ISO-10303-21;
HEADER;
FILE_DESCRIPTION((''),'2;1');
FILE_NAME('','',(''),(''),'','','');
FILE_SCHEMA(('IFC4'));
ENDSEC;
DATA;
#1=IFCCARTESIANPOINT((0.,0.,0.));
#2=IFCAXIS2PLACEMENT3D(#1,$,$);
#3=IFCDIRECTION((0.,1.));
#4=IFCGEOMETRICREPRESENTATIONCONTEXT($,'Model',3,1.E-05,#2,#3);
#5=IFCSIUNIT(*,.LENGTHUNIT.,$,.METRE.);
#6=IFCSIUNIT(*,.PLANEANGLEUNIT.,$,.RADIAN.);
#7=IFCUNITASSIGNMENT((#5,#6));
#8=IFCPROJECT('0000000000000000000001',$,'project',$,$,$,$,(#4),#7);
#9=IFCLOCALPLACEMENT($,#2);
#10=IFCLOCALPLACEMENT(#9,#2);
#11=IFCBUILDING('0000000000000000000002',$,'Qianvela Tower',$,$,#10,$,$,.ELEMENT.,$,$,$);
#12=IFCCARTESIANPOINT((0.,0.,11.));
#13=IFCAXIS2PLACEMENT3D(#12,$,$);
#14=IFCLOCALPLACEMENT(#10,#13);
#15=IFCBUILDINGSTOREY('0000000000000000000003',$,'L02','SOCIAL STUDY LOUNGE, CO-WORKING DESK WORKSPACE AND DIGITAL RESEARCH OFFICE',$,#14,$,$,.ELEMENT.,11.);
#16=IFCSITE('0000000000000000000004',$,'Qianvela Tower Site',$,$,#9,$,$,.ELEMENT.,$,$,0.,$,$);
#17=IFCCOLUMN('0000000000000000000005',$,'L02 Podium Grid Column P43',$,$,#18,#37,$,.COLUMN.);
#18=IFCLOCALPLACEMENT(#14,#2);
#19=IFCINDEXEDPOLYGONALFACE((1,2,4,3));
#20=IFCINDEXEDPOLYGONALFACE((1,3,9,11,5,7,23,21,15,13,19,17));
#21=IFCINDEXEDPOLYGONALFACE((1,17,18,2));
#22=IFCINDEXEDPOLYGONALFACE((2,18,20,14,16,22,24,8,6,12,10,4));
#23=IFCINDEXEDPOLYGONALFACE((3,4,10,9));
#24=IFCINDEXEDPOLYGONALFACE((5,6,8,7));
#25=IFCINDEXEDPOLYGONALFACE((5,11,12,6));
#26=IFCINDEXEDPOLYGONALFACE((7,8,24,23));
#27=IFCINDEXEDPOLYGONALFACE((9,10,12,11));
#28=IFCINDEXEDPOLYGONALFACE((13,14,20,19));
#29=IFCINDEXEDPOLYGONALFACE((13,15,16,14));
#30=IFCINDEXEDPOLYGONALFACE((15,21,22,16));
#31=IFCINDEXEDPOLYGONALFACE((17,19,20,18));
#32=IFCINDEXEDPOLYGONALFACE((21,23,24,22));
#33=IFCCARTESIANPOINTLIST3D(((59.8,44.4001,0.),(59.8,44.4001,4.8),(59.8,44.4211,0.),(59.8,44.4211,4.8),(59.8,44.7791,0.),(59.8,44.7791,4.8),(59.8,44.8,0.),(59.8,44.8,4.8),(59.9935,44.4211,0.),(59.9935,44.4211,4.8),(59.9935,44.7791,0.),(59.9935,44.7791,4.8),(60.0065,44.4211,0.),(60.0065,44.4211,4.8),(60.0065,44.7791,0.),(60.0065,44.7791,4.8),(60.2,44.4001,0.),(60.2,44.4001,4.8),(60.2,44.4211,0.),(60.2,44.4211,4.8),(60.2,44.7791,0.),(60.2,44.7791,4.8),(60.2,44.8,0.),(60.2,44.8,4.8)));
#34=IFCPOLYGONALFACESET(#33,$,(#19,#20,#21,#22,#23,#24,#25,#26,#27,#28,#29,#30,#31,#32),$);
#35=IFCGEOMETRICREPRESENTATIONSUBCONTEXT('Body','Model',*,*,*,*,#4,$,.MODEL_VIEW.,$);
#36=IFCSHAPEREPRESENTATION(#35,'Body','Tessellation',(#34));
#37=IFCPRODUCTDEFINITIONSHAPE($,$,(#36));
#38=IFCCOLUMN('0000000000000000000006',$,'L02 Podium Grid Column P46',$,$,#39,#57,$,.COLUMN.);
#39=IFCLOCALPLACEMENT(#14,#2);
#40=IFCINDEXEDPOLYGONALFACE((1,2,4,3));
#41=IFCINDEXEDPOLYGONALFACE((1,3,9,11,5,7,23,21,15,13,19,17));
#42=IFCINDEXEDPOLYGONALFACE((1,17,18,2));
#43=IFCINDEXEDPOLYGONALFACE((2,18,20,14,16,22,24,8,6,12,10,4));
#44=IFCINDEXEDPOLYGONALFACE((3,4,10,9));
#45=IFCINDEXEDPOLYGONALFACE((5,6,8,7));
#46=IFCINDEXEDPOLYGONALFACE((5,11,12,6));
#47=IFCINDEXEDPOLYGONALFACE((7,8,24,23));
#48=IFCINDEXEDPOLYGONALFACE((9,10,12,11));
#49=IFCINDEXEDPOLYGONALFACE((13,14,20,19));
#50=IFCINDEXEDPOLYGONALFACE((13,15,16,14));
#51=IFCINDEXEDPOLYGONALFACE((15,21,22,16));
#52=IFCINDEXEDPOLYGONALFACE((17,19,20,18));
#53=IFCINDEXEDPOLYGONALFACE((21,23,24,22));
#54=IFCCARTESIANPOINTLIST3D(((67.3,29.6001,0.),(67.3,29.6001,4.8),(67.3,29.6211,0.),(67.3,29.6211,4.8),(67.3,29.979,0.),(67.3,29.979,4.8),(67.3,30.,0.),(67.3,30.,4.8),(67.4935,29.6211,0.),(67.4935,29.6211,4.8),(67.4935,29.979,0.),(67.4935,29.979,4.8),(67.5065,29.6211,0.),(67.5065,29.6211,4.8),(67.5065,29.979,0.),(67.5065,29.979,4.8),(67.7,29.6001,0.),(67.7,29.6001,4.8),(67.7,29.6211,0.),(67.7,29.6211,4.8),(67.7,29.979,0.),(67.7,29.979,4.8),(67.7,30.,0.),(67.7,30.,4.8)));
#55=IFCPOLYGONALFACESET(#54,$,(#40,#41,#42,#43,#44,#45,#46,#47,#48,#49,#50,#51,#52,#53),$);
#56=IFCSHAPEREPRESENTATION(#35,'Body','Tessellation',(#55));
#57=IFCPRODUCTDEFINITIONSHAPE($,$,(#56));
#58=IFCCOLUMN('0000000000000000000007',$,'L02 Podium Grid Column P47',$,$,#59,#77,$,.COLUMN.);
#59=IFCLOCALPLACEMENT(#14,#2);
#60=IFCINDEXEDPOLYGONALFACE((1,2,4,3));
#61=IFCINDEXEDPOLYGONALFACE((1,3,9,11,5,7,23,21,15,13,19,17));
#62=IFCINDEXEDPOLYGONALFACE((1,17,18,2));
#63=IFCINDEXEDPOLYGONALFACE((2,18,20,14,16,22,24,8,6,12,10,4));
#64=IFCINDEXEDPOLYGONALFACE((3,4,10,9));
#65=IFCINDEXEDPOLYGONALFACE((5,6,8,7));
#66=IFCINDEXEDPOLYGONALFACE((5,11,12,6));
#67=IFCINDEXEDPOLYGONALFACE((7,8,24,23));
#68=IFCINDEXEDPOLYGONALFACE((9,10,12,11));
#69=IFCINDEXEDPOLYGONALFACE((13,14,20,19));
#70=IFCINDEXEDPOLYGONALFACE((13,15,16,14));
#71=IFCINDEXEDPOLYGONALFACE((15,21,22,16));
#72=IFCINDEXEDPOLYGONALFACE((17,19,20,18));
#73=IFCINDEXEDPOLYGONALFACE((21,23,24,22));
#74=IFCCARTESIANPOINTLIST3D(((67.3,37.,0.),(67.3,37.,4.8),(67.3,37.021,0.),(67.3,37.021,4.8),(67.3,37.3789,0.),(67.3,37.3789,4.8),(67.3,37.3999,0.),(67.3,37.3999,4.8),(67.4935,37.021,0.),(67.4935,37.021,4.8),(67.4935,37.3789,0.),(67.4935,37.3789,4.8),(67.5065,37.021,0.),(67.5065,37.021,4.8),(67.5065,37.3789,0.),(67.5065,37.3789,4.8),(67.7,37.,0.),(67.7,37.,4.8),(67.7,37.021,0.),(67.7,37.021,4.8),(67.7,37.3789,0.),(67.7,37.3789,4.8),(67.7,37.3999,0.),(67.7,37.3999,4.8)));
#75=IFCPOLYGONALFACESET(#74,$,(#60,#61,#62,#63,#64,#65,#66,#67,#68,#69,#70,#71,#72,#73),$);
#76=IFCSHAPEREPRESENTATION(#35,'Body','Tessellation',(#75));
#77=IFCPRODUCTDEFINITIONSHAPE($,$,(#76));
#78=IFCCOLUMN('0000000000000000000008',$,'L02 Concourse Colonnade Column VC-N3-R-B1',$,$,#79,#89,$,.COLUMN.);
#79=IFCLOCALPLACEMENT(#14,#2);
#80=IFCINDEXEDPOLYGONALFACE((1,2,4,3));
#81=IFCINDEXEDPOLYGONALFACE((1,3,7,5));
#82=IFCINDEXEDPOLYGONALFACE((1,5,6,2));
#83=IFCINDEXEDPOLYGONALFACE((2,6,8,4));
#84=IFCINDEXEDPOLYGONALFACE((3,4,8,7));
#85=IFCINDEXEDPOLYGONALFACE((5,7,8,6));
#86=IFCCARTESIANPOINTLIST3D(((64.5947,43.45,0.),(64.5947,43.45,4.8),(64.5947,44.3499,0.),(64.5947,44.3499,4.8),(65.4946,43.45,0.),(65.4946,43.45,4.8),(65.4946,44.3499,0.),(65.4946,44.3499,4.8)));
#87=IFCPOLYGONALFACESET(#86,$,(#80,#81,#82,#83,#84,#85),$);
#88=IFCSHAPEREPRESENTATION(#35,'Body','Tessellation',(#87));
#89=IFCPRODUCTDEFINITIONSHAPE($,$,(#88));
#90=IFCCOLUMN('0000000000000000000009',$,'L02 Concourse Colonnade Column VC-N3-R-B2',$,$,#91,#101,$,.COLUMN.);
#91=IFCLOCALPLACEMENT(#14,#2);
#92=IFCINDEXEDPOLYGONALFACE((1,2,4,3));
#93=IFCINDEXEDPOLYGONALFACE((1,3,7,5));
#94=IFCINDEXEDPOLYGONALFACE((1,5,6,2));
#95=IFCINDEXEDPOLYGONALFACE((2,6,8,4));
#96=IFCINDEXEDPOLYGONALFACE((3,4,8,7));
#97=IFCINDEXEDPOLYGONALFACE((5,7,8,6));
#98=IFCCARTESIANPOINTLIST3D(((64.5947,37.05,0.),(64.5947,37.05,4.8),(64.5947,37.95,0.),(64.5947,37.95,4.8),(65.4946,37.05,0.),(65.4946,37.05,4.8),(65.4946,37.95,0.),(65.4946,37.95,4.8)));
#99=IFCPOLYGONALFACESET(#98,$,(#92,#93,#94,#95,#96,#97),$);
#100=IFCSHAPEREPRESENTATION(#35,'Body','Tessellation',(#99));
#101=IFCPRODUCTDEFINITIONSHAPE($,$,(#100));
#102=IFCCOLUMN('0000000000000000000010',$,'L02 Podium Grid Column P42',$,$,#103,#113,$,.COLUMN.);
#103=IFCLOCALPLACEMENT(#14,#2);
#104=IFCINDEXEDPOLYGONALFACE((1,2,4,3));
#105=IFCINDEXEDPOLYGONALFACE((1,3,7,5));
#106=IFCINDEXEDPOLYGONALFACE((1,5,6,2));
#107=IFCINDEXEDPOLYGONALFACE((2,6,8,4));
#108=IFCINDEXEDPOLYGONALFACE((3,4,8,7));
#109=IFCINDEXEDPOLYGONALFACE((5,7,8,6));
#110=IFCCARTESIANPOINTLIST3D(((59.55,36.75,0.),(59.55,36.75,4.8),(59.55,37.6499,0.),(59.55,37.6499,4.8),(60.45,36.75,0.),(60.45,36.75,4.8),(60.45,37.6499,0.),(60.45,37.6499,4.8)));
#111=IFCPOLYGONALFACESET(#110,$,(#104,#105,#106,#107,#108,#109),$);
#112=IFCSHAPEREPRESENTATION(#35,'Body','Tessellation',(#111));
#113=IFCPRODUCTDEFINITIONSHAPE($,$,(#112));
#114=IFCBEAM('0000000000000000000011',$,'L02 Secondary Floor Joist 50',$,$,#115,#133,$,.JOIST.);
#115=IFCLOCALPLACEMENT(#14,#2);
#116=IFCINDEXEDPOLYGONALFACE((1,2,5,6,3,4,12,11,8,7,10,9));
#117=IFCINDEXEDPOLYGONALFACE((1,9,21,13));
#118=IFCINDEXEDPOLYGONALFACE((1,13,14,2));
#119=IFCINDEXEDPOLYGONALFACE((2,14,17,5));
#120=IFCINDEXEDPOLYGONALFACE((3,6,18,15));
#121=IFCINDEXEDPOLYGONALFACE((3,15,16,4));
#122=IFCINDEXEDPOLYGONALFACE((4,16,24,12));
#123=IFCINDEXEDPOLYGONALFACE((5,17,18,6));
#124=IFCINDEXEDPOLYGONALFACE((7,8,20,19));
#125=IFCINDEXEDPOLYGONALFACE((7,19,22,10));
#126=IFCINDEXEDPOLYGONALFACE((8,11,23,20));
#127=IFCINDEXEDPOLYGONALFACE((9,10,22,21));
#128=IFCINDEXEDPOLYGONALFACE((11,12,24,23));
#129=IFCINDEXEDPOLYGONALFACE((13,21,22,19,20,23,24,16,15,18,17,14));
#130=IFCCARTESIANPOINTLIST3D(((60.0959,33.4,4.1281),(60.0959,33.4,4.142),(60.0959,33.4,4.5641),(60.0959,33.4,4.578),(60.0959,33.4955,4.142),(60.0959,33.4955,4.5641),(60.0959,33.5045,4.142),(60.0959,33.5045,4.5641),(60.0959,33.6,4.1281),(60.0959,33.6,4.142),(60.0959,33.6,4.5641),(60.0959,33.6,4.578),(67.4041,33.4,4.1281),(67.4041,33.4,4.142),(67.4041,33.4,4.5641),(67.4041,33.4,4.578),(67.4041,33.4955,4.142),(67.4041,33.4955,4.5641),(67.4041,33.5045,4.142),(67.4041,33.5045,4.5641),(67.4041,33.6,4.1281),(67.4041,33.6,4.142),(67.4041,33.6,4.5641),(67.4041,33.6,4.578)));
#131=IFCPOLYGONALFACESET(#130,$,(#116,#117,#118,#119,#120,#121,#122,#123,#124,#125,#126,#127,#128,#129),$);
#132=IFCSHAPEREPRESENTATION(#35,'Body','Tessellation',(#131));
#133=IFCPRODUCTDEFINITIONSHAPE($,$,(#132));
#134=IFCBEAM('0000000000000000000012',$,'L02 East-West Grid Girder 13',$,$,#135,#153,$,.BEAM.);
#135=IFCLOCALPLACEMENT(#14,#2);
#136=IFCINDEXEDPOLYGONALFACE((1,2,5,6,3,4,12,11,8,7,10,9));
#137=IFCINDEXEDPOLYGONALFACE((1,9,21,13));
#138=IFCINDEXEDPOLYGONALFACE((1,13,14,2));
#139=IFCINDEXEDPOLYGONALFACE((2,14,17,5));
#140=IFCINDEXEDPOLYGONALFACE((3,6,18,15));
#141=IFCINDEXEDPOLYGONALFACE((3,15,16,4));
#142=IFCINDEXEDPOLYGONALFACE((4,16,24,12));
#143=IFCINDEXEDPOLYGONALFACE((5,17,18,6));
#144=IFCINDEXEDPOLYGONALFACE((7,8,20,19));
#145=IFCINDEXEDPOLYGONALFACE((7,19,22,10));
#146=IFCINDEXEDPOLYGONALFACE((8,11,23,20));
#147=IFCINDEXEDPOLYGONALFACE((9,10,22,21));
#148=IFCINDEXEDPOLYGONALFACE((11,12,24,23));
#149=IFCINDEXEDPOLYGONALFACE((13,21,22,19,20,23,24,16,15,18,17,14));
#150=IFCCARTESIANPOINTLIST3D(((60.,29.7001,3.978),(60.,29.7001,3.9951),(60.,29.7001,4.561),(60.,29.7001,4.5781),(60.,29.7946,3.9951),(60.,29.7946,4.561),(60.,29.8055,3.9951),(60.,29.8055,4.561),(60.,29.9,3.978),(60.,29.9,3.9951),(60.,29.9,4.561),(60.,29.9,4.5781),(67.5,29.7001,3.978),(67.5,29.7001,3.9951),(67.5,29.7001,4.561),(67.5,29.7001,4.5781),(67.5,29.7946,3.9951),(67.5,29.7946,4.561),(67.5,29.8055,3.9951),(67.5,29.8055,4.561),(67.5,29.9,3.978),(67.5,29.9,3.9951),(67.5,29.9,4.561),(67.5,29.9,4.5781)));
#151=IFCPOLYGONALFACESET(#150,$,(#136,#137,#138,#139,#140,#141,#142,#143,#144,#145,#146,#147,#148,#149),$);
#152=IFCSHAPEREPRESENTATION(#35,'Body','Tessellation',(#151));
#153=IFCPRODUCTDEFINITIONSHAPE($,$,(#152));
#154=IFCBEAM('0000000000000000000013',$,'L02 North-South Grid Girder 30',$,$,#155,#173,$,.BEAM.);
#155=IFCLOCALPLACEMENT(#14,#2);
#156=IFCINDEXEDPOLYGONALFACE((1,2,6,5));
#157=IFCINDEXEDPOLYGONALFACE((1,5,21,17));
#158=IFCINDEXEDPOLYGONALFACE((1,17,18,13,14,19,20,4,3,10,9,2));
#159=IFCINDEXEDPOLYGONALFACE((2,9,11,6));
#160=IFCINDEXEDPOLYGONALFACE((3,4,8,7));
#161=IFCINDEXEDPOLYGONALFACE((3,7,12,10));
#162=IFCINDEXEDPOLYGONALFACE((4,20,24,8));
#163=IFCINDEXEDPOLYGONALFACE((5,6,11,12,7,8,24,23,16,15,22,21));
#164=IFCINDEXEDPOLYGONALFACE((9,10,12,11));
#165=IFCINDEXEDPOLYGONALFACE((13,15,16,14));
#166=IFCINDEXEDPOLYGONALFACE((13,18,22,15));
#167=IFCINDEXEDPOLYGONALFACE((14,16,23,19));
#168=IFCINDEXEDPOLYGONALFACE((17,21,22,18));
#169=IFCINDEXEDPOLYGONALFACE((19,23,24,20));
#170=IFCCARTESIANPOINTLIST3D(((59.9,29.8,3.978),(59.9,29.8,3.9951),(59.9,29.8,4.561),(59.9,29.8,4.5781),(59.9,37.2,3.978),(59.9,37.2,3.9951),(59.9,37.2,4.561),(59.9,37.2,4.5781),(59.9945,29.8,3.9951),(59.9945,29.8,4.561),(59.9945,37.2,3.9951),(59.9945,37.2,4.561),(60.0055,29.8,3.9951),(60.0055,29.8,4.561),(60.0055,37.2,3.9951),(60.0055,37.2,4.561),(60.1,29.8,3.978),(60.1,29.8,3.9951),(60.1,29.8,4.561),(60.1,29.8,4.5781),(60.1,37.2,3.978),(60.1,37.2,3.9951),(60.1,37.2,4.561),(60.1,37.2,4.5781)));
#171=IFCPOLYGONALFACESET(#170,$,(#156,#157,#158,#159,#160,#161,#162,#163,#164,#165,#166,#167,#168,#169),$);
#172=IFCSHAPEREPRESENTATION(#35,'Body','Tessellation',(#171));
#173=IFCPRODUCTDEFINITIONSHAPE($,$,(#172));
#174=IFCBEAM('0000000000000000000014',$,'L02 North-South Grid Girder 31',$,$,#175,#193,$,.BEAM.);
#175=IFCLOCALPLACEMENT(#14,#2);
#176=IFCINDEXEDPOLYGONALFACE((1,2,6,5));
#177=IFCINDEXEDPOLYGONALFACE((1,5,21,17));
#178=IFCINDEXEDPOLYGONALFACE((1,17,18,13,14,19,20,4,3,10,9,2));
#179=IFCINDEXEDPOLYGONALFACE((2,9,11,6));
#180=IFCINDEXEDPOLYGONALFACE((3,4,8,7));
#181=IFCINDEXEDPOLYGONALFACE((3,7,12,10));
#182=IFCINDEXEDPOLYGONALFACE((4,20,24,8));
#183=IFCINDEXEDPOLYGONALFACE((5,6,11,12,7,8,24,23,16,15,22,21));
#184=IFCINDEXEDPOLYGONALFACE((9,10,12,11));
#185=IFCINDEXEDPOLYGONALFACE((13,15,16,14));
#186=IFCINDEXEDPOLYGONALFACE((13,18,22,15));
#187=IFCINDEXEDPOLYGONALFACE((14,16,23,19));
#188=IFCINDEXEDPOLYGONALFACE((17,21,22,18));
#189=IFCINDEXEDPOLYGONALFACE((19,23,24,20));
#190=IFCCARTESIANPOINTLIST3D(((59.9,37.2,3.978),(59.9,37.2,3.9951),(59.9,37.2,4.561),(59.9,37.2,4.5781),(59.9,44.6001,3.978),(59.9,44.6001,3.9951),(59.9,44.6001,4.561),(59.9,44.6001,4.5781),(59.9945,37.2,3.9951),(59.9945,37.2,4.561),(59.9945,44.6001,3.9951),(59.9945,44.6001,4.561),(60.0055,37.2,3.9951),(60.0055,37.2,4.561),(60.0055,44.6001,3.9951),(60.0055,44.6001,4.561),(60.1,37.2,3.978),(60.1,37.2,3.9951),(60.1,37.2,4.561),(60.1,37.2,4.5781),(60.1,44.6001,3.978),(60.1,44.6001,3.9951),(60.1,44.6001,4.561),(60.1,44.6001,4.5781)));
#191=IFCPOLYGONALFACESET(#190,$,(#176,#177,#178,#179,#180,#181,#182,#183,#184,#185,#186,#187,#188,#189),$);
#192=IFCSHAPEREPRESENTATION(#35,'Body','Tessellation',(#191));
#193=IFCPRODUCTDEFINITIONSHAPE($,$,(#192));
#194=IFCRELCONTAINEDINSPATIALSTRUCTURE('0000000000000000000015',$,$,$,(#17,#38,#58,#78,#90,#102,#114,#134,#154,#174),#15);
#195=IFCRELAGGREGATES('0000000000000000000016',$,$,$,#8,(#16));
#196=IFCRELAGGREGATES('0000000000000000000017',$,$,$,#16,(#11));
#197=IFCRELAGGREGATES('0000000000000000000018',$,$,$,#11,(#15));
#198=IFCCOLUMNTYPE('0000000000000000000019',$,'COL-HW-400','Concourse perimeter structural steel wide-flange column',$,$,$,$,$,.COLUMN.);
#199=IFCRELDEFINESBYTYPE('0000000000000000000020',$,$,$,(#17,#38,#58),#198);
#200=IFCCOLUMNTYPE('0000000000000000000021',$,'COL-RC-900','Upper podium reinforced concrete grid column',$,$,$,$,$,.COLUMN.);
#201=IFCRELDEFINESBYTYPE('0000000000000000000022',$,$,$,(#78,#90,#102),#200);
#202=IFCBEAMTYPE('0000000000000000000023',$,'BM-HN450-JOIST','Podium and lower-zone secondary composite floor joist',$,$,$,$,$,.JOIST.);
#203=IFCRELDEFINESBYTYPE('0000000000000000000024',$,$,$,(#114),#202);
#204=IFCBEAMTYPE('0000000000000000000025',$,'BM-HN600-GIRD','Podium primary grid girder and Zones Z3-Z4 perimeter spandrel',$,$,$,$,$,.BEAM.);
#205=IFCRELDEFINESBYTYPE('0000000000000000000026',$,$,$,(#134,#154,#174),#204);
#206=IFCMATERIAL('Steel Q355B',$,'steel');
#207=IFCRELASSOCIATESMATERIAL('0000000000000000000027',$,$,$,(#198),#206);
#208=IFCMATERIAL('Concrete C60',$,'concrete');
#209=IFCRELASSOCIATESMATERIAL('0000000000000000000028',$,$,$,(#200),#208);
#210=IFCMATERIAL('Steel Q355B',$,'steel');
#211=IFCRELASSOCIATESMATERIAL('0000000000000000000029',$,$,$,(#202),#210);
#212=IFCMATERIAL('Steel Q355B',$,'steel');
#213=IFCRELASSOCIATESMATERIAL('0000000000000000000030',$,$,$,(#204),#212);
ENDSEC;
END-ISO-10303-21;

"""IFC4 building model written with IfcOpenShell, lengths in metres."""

from ifc_helpers import new_model, si_unit, direction, frame, origin, origin_2d, place, context, subcontext, project, spatial, rectangle, i_section, extrude, material, material_profile, profile_set, type_object, element, save


model = new_model("IFC4")

# Units and contexts
model_context = context("Model", 3, precision=1e-05, world=origin(), true_north=direction((0.0, 1.0)))
body_context = subcontext(model_context, "Body", "Model", "MODEL_VIEW")
ifc_project = project(units=[si_unit("LENGTHUNIT", "METRE"), si_unit("PLANEANGLEUNIT", "RADIAN")], contexts=[model_context])

# Site, building, storey
site_placement = place(None, origin())
site = spatial("IfcSite", under=ifc_project, at=site_placement, Name="Qianvela Tower Site", CompositionType="ELEMENT", RefElevation=0.0)
building_placement = place(site_placement, origin())
building = spatial("IfcBuilding", under=site, at=building_placement, Name="Qianvela Tower", CompositionType="ELEMENT")
storey_placement = place(building_placement, frame((0.0, 0.0, 11.0)))
storey = spatial("IfcBuildingStorey", under=building, at=storey_placement, Name="L02", Description="SOCIAL STUDY LOUNGE, CO-WORKING DESK WORKSPACE AND DIGITAL RESEARCH OFFICE", CompositionType="ELEMENT", Elevation=11.0)

# Columns
ifc_material_1 = material(Name="Steel Q355B", Category="steel")
ifc_material_profile_1 = material_profile(ifc_material_1, i_section(OverallWidth=0.3999, OverallDepth=0.3999, WebThickness=0.0129, FlangeThickness=0.021, at=origin_2d()), Name="HW400x400x13x21")
ifc_profile_set_1 = profile_set([ifc_material_profile_1], Name="Steel Q355B")
column_type_1 = type_object("IfcColumnType", Name="COL-HW-400", Description="Concourse perimeter structural steel wide-flange column", PredefinedType="COLUMN", material=ifc_profile_set_1)
for number, where, z_axis, x_axis, name in (
    (1, (60.0, 44.6001, 0.0), (0.0, 0.0, 1.0), (1.0, 0.0, 0.0), "L02 Podium Grid Column P43"),
    (2, (67.5, 29.8, 0.0), (0.0, 0.0, 1.0), (1.0, 0.0, 0.0), "L02 Podium Grid Column P46"),
    (3, (67.5, 37.2, 0.0), (0.0, 0.0, 1.0), (1.0, 0.0, 0.0), "L02 Podium Grid Column P47"),
):
    element("IfcColumn", number, at=place(storey_placement, frame(where, z_axis=z_axis, x_axis=x_axis)), inside=storey, type_object=column_type_1, Name=name, PredefinedType="COLUMN", context=body_context, shape_type="SweptSolid", body=[
        extrude(i_section(OverallWidth=0.3999, OverallDepth=0.3999, WebThickness=0.0129, FlangeThickness=0.021, at=origin_2d()), origin(), (0.0, 0.0, 1.0), 4.8),
    ])
ifc_material_2 = material(Name="Concrete C60", Category="concrete")
ifc_material_profile_2 = material_profile(ifc_material_2, rectangle(XDim=0.8999, YDim=0.8999, at=origin_2d()), Name="RC-COL-900x900")
ifc_profile_set_2 = profile_set([ifc_material_profile_2], Name="Concrete C60")
column_type_2 = type_object("IfcColumnType", Name="COL-RC-900", Description="Upper podium reinforced concrete grid column", PredefinedType="COLUMN", material=ifc_profile_set_2)
for number, where, z_axis, x_axis, name in (
    (4, (65.0447, 43.8999, 0.0), (0.0, 0.0, 1.0), (1.0, 0.0, 0.0), "L02 Concourse Colonnade Column VC-N3-R-B1"),
    (5, (65.0447, 37.5, 0.0), (0.0, 0.0, 1.0), (1.0, 0.0, 0.0), "L02 Concourse Colonnade Column VC-N3-R-B2"),
    (6, (60.0, 37.2, 0.0), (0.0, 0.0, 1.0), (1.0, 0.0, 0.0), "L02 Podium Grid Column P42"),
):
    element("IfcColumn", number, at=place(storey_placement, frame(where, z_axis=z_axis, x_axis=x_axis)), inside=storey, type_object=column_type_2, Name=name, PredefinedType="COLUMN", context=body_context, shape_type="SweptSolid", body=[
        extrude(rectangle(XDim=0.8999, YDim=0.8999, at=origin_2d()), origin(), (0.0, 0.0, 1.0), 4.8),
    ])

# Beams
ifc_material_3 = material(Name="Steel Q355B", Category="steel")
ifc_material_profile_3 = material_profile(ifc_material_3, i_section(OverallWidth=0.2, OverallDepth=0.45, WebThickness=0.009, FlangeThickness=0.0139, at=origin_2d()), Name="HN450x200x9x14")
ifc_profile_set_3 = profile_set([ifc_material_profile_3], Name="Steel Q355B")
beam_type_1 = type_object("IfcBeamType", Name="BM-HN450-JOIST", Description="Podium and lower-zone secondary composite floor joist", PredefinedType="JOIST", material=ifc_profile_set_3)
beam_1_placement = place(storey_placement, frame((60.0959, 33.5, 4.353), z_axis=(1.0, 0.0, 0.0), x_axis=(0.0, 1.0, 0.0)))
element("IfcBeam", 7, at=beam_1_placement, inside=storey, type_object=beam_type_1, Name="L02 Secondary Floor Joist 50", PredefinedType="JOIST", context=body_context, shape_type="SweptSolid", body=[
    extrude(i_section(OverallWidth=0.2, OverallDepth=0.45, WebThickness=0.009, FlangeThickness=0.0139, at=origin_2d()), origin(), (0.0, 0.0, 1.0), 7.3081),
])
ifc_material_4 = material(Name="Steel Q355B", Category="steel")
ifc_material_profile_4 = material_profile(ifc_material_4, i_section(OverallWidth=0.2, OverallDepth=0.6001, WebThickness=0.011, FlangeThickness=0.0171, at=origin_2d()), Name="HN600x200x11x17")
ifc_profile_set_4 = profile_set([ifc_material_profile_4], Name="Steel Q355B")
beam_type_2 = type_object("IfcBeamType", Name="BM-HN600-GIRD", Description="Podium primary grid girder and Zones Z3-Z4 perimeter spandrel", PredefinedType="BEAM", material=ifc_profile_set_4)
beam_2_placement = place(storey_placement, frame((60.0, 29.8, 4.2781), z_axis=(1.0, 0.0, 0.0), x_axis=(0.0, 1.0, 0.0)))
element("IfcBeam", 8, at=beam_2_placement, inside=storey, type_object=beam_type_2, Name="L02 East-West Grid Girder 13", PredefinedType="BEAM", context=body_context, shape_type="SweptSolid", body=[
    extrude(i_section(OverallWidth=0.2, OverallDepth=0.6001, WebThickness=0.011, FlangeThickness=0.0171, at=origin_2d()), origin(), (0.0, 0.0, 1.0), 7.5),
])
beam_3_placement = place(storey_placement, frame((60.0, 29.8, 4.2781), z_axis=(0.0, 1.0, 0.0), x_axis=(-1.0, 0.0, 0.0)))
element("IfcBeam", 9, at=beam_3_placement, inside=storey, type_object=beam_type_2, Name="L02 North-South Grid Girder 30", PredefinedType="BEAM", context=body_context, shape_type="SweptSolid", body=[
    extrude(i_section(OverallWidth=0.2, OverallDepth=0.6001, WebThickness=0.011, FlangeThickness=0.0171, at=origin_2d()), origin(), (0.0, 0.0, 1.0), 7.3999),
])
beam_4_placement = place(storey_placement, frame((60.0, 37.2, 4.2781), z_axis=(0.0, 1.0, 0.0), x_axis=(-1.0, 0.0, 0.0)))
element("IfcBeam", 10, at=beam_4_placement, inside=storey, type_object=beam_type_2, Name="L02 North-South Grid Girder 31", PredefinedType="BEAM", context=body_context, shape_type="SweptSolid", body=[
    extrude(i_section(OverallWidth=0.2, OverallDepth=0.6001, WebThickness=0.011, FlangeThickness=0.0171, at=origin_2d()), origin(), (0.0, 0.0, 1.0), 7.4001),
])

save(model, "model.ifc")
